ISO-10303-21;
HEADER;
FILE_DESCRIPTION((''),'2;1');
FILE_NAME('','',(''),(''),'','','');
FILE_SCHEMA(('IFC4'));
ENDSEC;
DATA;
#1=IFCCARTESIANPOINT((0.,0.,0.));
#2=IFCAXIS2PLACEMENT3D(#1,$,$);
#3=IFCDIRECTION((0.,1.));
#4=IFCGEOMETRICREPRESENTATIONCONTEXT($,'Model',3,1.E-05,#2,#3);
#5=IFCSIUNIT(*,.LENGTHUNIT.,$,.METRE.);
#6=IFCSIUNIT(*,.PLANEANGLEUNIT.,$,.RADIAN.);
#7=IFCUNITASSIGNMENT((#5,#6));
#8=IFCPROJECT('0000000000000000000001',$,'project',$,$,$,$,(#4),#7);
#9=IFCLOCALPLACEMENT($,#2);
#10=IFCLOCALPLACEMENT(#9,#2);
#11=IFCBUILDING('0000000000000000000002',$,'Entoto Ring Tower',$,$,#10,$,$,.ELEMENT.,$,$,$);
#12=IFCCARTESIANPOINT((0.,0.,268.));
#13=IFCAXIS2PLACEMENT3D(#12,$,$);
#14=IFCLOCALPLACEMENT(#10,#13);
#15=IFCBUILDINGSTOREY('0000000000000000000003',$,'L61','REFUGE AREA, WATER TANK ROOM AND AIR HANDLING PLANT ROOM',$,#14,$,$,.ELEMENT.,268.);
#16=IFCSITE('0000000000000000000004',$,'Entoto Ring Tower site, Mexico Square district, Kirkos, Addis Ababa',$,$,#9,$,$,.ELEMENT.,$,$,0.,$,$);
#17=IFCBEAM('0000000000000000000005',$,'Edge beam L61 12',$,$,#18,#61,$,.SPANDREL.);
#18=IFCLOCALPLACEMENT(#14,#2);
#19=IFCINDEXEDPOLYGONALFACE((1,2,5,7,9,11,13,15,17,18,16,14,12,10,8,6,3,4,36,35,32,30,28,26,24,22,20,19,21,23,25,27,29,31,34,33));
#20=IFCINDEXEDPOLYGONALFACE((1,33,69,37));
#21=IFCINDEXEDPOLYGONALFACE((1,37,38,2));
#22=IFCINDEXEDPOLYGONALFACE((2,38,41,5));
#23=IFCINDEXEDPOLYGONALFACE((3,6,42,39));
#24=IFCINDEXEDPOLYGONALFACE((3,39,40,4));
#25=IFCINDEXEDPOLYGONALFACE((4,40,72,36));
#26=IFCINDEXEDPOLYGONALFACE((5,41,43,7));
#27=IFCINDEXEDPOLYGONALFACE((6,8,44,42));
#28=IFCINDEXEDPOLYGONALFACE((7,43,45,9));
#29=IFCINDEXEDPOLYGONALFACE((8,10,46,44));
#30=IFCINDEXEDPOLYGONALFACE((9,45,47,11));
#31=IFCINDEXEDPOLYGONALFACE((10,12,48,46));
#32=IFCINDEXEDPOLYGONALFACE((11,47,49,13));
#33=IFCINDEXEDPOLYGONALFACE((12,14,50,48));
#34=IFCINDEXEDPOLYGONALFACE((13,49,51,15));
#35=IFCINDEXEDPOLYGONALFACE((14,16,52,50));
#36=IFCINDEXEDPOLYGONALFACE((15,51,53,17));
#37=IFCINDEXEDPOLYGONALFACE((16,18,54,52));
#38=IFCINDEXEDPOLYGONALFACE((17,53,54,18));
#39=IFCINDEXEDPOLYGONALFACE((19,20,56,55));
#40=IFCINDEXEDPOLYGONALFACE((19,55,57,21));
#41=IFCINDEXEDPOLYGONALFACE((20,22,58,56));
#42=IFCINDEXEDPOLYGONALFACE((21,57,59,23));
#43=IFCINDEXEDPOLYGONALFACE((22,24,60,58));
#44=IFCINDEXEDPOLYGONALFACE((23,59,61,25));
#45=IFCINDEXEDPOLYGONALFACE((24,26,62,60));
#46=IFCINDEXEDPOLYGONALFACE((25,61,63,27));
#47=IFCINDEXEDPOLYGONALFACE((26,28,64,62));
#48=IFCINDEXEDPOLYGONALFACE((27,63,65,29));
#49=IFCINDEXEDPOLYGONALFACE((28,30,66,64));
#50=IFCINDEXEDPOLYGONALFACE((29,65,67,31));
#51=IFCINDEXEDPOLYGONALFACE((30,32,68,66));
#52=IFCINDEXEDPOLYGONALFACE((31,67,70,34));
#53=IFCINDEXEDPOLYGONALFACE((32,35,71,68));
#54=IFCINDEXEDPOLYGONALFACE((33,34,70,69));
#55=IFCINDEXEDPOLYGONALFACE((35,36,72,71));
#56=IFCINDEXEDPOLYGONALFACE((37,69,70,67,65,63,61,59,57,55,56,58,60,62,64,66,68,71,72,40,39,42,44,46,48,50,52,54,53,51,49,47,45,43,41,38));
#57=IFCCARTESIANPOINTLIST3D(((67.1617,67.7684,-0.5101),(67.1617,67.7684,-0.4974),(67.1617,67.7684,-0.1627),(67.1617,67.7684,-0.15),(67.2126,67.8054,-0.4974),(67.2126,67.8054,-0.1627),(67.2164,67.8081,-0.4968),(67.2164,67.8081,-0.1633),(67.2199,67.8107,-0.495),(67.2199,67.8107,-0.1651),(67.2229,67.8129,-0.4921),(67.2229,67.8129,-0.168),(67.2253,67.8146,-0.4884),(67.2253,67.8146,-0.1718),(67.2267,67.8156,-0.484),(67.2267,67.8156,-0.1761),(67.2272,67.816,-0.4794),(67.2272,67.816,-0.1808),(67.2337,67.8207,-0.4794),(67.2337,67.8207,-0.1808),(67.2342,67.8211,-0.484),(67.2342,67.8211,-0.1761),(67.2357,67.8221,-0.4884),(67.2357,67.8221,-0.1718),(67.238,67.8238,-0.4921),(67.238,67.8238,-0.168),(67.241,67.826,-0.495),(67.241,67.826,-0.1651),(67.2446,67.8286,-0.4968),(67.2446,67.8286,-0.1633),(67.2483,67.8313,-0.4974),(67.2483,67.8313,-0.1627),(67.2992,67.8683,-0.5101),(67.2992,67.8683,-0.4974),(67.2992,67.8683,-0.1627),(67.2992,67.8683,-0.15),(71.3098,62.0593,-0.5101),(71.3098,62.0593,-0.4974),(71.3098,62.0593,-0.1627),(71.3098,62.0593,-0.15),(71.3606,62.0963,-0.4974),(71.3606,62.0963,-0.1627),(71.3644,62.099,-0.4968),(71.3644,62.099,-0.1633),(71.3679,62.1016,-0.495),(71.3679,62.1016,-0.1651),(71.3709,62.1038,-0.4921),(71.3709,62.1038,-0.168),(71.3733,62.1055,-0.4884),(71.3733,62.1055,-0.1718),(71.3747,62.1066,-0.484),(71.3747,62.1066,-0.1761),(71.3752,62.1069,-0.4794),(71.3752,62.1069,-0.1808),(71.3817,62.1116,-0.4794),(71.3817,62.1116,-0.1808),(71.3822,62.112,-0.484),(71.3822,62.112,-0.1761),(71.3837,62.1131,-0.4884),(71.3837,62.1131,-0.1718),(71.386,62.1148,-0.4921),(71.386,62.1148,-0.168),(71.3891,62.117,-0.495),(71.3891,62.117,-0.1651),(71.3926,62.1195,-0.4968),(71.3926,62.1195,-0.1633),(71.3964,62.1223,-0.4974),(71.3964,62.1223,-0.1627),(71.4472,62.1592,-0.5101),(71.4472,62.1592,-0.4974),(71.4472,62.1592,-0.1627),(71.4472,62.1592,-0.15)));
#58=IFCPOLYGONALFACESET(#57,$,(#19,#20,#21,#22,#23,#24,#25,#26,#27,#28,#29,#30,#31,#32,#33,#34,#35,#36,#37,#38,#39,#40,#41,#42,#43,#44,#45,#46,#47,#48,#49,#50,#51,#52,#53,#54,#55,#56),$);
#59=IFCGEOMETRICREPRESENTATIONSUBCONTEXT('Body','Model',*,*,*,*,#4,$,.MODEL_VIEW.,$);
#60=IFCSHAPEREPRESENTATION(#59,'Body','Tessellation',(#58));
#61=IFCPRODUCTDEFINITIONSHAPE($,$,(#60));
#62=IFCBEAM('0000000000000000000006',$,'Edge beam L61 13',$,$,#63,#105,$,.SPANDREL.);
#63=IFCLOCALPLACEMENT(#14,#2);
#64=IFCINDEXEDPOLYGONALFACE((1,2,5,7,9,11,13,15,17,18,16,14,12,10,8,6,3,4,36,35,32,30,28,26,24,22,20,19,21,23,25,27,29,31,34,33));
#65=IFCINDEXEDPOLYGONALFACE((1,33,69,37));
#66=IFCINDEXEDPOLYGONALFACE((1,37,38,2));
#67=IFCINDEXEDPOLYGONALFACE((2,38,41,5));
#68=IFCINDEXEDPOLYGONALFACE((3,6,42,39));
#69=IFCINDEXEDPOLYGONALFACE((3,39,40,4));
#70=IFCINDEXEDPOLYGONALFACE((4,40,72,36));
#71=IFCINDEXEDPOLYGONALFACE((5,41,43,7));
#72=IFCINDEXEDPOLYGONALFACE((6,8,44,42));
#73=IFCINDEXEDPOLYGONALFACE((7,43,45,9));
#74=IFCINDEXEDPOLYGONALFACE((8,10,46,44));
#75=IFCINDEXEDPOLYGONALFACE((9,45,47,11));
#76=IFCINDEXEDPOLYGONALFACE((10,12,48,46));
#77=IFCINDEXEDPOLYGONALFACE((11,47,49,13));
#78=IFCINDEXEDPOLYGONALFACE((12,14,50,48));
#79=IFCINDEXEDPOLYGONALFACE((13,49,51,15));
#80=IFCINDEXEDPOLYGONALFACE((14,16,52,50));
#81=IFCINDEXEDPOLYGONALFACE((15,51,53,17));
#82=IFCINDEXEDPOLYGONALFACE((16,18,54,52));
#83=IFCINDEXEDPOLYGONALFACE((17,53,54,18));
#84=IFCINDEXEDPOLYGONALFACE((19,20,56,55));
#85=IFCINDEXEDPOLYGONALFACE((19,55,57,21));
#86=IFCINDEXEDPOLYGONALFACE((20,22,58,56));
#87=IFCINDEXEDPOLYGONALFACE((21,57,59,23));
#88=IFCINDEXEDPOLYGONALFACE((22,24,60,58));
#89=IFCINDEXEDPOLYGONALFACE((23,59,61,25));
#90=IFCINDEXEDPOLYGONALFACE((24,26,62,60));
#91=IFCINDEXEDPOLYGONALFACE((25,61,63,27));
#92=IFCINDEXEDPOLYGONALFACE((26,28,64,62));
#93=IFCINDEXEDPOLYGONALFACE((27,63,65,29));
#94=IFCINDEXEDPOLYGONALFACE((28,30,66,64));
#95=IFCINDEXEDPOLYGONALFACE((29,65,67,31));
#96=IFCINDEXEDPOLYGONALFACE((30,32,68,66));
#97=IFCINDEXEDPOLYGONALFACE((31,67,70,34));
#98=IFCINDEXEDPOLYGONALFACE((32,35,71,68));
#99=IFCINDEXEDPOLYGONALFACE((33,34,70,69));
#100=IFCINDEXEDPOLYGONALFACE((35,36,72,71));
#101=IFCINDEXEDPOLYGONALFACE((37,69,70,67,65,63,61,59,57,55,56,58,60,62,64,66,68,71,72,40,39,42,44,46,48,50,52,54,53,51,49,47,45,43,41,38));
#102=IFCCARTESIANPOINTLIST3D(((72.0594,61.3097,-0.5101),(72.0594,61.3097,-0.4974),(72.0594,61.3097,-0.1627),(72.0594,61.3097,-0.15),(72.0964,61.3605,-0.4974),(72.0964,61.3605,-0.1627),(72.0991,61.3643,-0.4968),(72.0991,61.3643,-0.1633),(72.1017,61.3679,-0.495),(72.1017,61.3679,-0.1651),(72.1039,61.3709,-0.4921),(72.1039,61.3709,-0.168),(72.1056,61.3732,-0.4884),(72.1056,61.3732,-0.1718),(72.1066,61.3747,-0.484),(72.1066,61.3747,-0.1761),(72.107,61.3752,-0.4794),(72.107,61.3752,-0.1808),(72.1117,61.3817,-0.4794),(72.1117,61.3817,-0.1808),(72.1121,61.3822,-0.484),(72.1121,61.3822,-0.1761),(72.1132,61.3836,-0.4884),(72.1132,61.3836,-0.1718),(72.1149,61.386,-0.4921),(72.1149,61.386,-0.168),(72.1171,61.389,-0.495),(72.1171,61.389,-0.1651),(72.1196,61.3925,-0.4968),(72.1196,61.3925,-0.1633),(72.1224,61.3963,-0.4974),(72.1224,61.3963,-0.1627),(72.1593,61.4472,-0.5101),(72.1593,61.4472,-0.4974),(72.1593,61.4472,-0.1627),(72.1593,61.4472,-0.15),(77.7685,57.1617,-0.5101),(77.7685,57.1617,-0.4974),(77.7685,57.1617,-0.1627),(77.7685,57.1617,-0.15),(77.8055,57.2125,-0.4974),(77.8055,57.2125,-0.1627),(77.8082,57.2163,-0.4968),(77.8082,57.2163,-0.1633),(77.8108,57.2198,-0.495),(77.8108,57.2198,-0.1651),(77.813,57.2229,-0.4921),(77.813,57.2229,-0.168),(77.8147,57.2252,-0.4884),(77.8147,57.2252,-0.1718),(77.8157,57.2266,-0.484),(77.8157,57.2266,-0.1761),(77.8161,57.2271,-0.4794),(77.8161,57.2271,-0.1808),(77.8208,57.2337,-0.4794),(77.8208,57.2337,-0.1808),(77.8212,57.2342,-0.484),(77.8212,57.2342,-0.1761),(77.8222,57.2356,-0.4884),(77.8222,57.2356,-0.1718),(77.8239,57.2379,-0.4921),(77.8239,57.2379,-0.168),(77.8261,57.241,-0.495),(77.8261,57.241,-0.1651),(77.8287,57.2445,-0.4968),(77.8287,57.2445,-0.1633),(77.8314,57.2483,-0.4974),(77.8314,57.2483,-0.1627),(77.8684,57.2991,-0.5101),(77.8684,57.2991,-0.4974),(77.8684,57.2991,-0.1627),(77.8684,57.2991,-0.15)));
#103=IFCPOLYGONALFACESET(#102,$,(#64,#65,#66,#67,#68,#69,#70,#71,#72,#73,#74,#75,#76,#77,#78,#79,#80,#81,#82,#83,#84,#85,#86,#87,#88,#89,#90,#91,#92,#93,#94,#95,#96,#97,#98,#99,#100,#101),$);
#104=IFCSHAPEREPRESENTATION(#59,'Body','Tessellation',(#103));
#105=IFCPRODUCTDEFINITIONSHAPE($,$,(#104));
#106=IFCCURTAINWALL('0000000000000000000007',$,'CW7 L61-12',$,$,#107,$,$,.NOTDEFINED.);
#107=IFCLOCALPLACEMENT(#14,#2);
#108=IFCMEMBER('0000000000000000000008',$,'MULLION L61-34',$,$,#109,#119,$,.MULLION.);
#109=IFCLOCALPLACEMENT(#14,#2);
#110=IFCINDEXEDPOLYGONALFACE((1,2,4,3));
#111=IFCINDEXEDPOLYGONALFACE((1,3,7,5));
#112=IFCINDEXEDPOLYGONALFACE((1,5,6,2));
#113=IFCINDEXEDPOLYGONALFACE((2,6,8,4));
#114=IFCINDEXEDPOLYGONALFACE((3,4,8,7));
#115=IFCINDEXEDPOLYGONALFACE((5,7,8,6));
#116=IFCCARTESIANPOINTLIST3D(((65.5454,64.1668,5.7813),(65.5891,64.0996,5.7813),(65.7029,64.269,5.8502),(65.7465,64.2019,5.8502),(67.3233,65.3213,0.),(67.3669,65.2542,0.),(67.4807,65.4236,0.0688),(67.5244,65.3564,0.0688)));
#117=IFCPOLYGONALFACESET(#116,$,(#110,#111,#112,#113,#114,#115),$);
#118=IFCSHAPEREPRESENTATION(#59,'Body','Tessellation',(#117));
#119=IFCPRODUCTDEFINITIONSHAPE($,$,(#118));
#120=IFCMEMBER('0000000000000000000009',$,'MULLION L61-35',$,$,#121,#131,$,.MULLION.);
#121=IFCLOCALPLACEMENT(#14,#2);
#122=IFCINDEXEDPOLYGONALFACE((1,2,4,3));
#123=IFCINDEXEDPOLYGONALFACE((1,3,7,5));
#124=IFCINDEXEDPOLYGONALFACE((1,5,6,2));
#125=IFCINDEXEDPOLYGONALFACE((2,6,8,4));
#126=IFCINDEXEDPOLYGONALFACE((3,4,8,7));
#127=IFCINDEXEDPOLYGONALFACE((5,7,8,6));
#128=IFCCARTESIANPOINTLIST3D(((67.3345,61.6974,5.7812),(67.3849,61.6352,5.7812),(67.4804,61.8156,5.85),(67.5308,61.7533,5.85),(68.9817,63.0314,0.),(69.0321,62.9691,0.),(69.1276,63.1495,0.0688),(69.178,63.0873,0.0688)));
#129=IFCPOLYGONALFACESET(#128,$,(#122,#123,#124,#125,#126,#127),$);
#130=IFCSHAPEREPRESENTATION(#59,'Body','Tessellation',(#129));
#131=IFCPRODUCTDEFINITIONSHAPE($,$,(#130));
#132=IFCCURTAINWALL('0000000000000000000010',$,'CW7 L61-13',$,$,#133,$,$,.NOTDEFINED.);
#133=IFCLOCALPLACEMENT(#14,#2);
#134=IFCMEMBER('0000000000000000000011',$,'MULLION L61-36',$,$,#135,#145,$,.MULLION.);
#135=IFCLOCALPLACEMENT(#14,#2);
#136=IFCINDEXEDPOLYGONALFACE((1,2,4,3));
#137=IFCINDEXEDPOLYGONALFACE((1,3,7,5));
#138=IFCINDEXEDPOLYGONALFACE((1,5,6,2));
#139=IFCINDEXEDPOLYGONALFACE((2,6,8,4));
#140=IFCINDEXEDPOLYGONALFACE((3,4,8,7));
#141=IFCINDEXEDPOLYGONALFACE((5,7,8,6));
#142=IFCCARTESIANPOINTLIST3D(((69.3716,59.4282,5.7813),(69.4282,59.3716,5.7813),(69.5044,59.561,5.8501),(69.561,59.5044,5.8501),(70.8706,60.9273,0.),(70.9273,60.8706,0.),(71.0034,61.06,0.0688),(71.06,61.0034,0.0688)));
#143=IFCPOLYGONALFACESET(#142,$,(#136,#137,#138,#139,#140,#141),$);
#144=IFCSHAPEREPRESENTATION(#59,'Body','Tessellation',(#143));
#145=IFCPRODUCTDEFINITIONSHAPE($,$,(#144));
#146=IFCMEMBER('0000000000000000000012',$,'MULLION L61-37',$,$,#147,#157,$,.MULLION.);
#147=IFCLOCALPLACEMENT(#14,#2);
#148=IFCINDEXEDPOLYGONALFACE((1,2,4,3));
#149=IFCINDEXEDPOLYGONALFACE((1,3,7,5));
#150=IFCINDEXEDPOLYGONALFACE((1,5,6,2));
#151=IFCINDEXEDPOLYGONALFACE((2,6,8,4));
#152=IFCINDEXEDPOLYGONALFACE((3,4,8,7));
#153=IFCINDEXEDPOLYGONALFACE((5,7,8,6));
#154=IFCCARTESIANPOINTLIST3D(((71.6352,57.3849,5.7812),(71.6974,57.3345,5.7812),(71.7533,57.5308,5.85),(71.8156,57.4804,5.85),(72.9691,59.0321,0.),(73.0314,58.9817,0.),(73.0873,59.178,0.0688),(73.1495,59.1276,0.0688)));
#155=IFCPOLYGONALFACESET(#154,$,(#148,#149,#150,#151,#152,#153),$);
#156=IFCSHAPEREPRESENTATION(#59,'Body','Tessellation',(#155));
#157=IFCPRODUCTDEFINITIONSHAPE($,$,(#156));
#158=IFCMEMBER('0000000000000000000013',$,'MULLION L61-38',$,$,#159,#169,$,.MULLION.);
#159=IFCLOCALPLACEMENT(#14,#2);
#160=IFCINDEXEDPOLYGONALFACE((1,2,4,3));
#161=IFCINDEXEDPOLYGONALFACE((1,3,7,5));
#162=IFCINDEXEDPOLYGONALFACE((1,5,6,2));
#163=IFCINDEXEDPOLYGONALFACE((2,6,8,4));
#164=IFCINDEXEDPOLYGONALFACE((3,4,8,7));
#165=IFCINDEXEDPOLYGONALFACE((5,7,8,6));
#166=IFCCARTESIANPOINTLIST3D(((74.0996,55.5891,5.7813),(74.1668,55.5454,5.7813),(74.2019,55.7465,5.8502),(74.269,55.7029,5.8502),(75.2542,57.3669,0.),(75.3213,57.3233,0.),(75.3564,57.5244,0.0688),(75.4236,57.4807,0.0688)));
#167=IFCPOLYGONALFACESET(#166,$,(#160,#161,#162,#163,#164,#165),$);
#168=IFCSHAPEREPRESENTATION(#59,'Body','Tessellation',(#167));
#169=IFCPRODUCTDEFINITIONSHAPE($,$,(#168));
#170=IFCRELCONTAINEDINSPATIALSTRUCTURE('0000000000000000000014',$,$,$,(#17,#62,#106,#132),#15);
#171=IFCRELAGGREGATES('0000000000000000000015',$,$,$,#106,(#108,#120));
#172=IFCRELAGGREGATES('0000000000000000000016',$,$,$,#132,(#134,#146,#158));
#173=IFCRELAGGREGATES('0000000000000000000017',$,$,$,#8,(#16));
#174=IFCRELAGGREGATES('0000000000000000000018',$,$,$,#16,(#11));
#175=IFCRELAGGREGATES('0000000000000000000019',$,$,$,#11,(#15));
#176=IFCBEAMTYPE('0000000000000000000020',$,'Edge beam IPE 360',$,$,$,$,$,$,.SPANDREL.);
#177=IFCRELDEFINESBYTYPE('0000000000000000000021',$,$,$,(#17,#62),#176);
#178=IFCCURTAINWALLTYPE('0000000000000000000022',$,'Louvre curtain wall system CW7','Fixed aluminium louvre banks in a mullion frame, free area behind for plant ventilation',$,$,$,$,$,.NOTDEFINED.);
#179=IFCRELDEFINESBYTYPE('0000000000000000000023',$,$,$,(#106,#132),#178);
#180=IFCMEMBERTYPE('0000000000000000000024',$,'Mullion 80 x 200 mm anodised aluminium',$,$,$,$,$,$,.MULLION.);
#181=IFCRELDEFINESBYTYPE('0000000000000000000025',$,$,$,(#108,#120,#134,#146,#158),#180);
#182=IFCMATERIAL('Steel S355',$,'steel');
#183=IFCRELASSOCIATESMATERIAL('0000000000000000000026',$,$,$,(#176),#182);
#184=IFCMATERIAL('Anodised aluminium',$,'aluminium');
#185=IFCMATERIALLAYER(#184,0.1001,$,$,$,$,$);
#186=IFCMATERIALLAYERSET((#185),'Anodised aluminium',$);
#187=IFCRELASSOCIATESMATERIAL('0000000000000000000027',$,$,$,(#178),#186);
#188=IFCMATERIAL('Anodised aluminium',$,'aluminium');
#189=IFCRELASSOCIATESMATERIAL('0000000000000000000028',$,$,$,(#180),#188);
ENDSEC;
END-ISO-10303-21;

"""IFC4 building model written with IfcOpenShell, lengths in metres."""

from ifc_helpers import new_model, si_unit, direction, frame, origin, origin_2d, place, context, subcontext, project, spatial, rectangle, i_section, extrude, material, layer, layer_set, material_profile, profile_set, type_object, element, aggregate, save


model = new_model("IFC4")

# Units and contexts
model_context = context("Model", 3, precision=1e-05, world=origin(), true_north=direction((0.0, 1.0)))
body_context = subcontext(model_context, "Body", "Model", "MODEL_VIEW")
ifc_project = project(units=[si_unit("LENGTHUNIT", "METRE"), si_unit("PLANEANGLEUNIT", "RADIAN")], contexts=[model_context])

# Site, building, storey
site_placement = place(None, origin())
site = spatial("IfcSite", under=ifc_project, at=site_placement, Name="Entoto Ring Tower site, Mexico Square district, Kirkos, Addis Ababa", CompositionType="ELEMENT", RefElevation=0.0)
building_placement = place(site_placement, origin())
building = spatial("IfcBuilding", under=site, at=building_placement, Name="Entoto Ring Tower", CompositionType="ELEMENT")
storey_placement = place(building_placement, frame((0.0, 0.0, 268.0)))
storey = spatial("IfcBuildingStorey", under=building, at=storey_placement, Name="L61", Description="REFUGE AREA, WATER TANK ROOM AND AIR HANDLING PLANT ROOM", CompositionType="ELEMENT", Elevation=268.0)

# Beams
ifc_material_1 = material(Name="Steel S355", Category="steel")
ifc_material_profile_1 = material_profile(ifc_material_1, i_section(OverallWidth=0.1699, OverallDepth=0.3601, WebThickness=0.0081, FlangeThickness=0.0127, FilletRadius=0.0181, at=origin_2d()), Name="IPE 360")
ifc_profile_set_1 = profile_set([ifc_material_profile_1], Name="Steel S355")
beam_type_1 = type_object("IfcBeamType", Name="Edge beam IPE 360", PredefinedType="SPANDREL", material=ifc_profile_set_1)
for number, where, z_axis, x_axis, name in (
    (1, (67.2305, 67.8184, -0.3301), (0.587797, -0.809008, 0.0), (0.809008, 0.587797, 0.0), "Edge beam L61 12"),
    (2, (72.1094, 61.3784, -0.3301), (0.809008, -0.587797, 0.0), (0.587797, 0.809008, 0.0), "Edge beam L61 13"),
):
    element("IfcBeam", number, at=place(storey_placement, frame(where, z_axis=z_axis, x_axis=x_axis)), inside=storey, type_object=beam_type_1, Name=name, PredefinedType="SPANDREL", context=body_context, shape_type="SweptSolid", body=[
        extrude(i_section(OverallWidth=0.1699, OverallDepth=0.3601, WebThickness=0.0081, FlangeThickness=0.0127, FilletRadius=0.0181, at=origin_2d()), origin(), (0.0, 0.0, 1.0), 7.0569),
    ])

# Curtain walls, members
ifc_material_2 = material(Name="Anodised aluminium", Category="aluminium")
ifc_layer_1 = layer(ifc_material_2, 0.1001)
ifc_layer_set_1 = layer_set([ifc_layer_1], Name="Anodised aluminium")
curtain_wall_type = type_object("IfcCurtainWallType", Name="Louvre curtain wall system CW7", Description="Fixed aluminium louvre banks in a mullion frame, free area behind for plant ventilation", PredefinedType="NOTDEFINED", material=ifc_layer_set_1)
curtain_wall_1_placement = place(storey_placement, origin())
curtain_wall_1 = element("IfcCurtainWall", 3, at=curtain_wall_1_placement, inside=storey, type_object=curtain_wall_type, Name="CW7 L61-12", PredefinedType="NOTDEFINED")
ifc_material_3 = material(Name="Anodised aluminium", Category="aluminium")
ifc_material_profile_2 = material_profile(ifc_material_3, rectangle(XDim=0.0801, YDim=0.2, at=origin_2d()), Name="Mullion 80 x 200 mm anodised aluminium")
ifc_profile_set_2 = profile_set([ifc_material_profile_2], Name="Anodised aluminium")
member_type_1 = type_object("IfcMemberType", Name="Mullion 80 x 200 mm anodised aluminium", PredefinedType="MULLION", material=ifc_profile_set_2)
member_1_placement = place(storey_placement, frame((67.4238, 65.3389, 0.0344), z_axis=(-0.28872, -0.187497, 0.938875), x_axis=(0.54464, -0.83867, 0.0)))
member_1 = element("IfcMember", 4, at=member_1_placement, type_object=member_type_1, Name="MULLION L61-34", PredefinedType="MULLION", context=body_context, shape_type="SweptSolid", body=[
    extrude(rectangle(XDim=0.0801, YDim=0.2, at=origin_2d()), origin(), (0.0, 0.0, 1.0), 6.1577),
])
member_2_placement = place(storey_placement, frame((69.0798, 63.0593, 0.0344), z_axis=(-0.267511, -0.216641, 0.938885), x_axis=(0.629347, -0.777124, 0.0)))
member_2 = element("IfcMember", 5, at=member_2_placement, type_object=member_type_1, Name="MULLION L61-35", PredefinedType="MULLION", context=body_context, shape_type="SweptSolid", body=[
    extrude(rectangle(XDim=0.0801, YDim=0.2, at=origin_2d()), origin(), (0.0, 0.0, 1.0), 6.1575),
])
aggregate(curtain_wall_1, [member_1, member_2])
curtain_wall_2_placement = place(storey_placement, origin())
curtain_wall_2 = element("IfcCurtainWall", 6, at=curtain_wall_2_placement, inside=storey, type_object=curtain_wall_type, Name="CW7 L61-13", PredefinedType="NOTDEFINED")
member_3_placement = place(storey_placement, frame((70.9653, 60.9653, 0.0344), z_axis=(-0.24344, -0.24344, 0.938869), x_axis=(0.707107, -0.707107, 0.0)))
member_3 = element("IfcMember", 7, at=member_3_placement, type_object=member_type_1, Name="MULLION L61-36", PredefinedType="MULLION", context=body_context, shape_type="SweptSolid", body=[
    extrude(rectangle(XDim=0.0801, YDim=0.2, at=origin_2d()), origin(), (0.0, 0.0, 1.0), 6.1577),
])
member_4_placement = place(storey_placement, frame((73.0593, 59.0798, 0.0344), z_axis=(-0.216641, -0.267511, 0.938885), x_axis=(0.777124, -0.629347, 0.0)))
member_4 = element("IfcMember", 8, at=member_4_placement, type_object=member_type_1, Name="MULLION L61-37", PredefinedType="MULLION", context=body_context, shape_type="SweptSolid", body=[
    extrude(rectangle(XDim=0.0801, YDim=0.2, at=origin_2d()), origin(), (0.0, 0.0, 1.0), 6.1575),
])
member_5_placement = place(storey_placement, frame((75.3389, 57.4238, 0.0344), z_axis=(-0.187497, -0.28872, 0.938875), x_axis=(0.83867, -0.54464, 0.0)))
member_5 = element("IfcMember", 9, at=member_5_placement, type_object=member_type_1, Name="MULLION L61-38", PredefinedType="MULLION", context=body_context, shape_type="SweptSolid", body=[
    extrude(rectangle(XDim=0.0801, YDim=0.2, at=origin_2d()), origin(), (0.0, 0.0, 1.0), 6.1577),
])
aggregate(curtain_wall_2, [member_3, member_4, member_5])

save(model, "model.ifc")
